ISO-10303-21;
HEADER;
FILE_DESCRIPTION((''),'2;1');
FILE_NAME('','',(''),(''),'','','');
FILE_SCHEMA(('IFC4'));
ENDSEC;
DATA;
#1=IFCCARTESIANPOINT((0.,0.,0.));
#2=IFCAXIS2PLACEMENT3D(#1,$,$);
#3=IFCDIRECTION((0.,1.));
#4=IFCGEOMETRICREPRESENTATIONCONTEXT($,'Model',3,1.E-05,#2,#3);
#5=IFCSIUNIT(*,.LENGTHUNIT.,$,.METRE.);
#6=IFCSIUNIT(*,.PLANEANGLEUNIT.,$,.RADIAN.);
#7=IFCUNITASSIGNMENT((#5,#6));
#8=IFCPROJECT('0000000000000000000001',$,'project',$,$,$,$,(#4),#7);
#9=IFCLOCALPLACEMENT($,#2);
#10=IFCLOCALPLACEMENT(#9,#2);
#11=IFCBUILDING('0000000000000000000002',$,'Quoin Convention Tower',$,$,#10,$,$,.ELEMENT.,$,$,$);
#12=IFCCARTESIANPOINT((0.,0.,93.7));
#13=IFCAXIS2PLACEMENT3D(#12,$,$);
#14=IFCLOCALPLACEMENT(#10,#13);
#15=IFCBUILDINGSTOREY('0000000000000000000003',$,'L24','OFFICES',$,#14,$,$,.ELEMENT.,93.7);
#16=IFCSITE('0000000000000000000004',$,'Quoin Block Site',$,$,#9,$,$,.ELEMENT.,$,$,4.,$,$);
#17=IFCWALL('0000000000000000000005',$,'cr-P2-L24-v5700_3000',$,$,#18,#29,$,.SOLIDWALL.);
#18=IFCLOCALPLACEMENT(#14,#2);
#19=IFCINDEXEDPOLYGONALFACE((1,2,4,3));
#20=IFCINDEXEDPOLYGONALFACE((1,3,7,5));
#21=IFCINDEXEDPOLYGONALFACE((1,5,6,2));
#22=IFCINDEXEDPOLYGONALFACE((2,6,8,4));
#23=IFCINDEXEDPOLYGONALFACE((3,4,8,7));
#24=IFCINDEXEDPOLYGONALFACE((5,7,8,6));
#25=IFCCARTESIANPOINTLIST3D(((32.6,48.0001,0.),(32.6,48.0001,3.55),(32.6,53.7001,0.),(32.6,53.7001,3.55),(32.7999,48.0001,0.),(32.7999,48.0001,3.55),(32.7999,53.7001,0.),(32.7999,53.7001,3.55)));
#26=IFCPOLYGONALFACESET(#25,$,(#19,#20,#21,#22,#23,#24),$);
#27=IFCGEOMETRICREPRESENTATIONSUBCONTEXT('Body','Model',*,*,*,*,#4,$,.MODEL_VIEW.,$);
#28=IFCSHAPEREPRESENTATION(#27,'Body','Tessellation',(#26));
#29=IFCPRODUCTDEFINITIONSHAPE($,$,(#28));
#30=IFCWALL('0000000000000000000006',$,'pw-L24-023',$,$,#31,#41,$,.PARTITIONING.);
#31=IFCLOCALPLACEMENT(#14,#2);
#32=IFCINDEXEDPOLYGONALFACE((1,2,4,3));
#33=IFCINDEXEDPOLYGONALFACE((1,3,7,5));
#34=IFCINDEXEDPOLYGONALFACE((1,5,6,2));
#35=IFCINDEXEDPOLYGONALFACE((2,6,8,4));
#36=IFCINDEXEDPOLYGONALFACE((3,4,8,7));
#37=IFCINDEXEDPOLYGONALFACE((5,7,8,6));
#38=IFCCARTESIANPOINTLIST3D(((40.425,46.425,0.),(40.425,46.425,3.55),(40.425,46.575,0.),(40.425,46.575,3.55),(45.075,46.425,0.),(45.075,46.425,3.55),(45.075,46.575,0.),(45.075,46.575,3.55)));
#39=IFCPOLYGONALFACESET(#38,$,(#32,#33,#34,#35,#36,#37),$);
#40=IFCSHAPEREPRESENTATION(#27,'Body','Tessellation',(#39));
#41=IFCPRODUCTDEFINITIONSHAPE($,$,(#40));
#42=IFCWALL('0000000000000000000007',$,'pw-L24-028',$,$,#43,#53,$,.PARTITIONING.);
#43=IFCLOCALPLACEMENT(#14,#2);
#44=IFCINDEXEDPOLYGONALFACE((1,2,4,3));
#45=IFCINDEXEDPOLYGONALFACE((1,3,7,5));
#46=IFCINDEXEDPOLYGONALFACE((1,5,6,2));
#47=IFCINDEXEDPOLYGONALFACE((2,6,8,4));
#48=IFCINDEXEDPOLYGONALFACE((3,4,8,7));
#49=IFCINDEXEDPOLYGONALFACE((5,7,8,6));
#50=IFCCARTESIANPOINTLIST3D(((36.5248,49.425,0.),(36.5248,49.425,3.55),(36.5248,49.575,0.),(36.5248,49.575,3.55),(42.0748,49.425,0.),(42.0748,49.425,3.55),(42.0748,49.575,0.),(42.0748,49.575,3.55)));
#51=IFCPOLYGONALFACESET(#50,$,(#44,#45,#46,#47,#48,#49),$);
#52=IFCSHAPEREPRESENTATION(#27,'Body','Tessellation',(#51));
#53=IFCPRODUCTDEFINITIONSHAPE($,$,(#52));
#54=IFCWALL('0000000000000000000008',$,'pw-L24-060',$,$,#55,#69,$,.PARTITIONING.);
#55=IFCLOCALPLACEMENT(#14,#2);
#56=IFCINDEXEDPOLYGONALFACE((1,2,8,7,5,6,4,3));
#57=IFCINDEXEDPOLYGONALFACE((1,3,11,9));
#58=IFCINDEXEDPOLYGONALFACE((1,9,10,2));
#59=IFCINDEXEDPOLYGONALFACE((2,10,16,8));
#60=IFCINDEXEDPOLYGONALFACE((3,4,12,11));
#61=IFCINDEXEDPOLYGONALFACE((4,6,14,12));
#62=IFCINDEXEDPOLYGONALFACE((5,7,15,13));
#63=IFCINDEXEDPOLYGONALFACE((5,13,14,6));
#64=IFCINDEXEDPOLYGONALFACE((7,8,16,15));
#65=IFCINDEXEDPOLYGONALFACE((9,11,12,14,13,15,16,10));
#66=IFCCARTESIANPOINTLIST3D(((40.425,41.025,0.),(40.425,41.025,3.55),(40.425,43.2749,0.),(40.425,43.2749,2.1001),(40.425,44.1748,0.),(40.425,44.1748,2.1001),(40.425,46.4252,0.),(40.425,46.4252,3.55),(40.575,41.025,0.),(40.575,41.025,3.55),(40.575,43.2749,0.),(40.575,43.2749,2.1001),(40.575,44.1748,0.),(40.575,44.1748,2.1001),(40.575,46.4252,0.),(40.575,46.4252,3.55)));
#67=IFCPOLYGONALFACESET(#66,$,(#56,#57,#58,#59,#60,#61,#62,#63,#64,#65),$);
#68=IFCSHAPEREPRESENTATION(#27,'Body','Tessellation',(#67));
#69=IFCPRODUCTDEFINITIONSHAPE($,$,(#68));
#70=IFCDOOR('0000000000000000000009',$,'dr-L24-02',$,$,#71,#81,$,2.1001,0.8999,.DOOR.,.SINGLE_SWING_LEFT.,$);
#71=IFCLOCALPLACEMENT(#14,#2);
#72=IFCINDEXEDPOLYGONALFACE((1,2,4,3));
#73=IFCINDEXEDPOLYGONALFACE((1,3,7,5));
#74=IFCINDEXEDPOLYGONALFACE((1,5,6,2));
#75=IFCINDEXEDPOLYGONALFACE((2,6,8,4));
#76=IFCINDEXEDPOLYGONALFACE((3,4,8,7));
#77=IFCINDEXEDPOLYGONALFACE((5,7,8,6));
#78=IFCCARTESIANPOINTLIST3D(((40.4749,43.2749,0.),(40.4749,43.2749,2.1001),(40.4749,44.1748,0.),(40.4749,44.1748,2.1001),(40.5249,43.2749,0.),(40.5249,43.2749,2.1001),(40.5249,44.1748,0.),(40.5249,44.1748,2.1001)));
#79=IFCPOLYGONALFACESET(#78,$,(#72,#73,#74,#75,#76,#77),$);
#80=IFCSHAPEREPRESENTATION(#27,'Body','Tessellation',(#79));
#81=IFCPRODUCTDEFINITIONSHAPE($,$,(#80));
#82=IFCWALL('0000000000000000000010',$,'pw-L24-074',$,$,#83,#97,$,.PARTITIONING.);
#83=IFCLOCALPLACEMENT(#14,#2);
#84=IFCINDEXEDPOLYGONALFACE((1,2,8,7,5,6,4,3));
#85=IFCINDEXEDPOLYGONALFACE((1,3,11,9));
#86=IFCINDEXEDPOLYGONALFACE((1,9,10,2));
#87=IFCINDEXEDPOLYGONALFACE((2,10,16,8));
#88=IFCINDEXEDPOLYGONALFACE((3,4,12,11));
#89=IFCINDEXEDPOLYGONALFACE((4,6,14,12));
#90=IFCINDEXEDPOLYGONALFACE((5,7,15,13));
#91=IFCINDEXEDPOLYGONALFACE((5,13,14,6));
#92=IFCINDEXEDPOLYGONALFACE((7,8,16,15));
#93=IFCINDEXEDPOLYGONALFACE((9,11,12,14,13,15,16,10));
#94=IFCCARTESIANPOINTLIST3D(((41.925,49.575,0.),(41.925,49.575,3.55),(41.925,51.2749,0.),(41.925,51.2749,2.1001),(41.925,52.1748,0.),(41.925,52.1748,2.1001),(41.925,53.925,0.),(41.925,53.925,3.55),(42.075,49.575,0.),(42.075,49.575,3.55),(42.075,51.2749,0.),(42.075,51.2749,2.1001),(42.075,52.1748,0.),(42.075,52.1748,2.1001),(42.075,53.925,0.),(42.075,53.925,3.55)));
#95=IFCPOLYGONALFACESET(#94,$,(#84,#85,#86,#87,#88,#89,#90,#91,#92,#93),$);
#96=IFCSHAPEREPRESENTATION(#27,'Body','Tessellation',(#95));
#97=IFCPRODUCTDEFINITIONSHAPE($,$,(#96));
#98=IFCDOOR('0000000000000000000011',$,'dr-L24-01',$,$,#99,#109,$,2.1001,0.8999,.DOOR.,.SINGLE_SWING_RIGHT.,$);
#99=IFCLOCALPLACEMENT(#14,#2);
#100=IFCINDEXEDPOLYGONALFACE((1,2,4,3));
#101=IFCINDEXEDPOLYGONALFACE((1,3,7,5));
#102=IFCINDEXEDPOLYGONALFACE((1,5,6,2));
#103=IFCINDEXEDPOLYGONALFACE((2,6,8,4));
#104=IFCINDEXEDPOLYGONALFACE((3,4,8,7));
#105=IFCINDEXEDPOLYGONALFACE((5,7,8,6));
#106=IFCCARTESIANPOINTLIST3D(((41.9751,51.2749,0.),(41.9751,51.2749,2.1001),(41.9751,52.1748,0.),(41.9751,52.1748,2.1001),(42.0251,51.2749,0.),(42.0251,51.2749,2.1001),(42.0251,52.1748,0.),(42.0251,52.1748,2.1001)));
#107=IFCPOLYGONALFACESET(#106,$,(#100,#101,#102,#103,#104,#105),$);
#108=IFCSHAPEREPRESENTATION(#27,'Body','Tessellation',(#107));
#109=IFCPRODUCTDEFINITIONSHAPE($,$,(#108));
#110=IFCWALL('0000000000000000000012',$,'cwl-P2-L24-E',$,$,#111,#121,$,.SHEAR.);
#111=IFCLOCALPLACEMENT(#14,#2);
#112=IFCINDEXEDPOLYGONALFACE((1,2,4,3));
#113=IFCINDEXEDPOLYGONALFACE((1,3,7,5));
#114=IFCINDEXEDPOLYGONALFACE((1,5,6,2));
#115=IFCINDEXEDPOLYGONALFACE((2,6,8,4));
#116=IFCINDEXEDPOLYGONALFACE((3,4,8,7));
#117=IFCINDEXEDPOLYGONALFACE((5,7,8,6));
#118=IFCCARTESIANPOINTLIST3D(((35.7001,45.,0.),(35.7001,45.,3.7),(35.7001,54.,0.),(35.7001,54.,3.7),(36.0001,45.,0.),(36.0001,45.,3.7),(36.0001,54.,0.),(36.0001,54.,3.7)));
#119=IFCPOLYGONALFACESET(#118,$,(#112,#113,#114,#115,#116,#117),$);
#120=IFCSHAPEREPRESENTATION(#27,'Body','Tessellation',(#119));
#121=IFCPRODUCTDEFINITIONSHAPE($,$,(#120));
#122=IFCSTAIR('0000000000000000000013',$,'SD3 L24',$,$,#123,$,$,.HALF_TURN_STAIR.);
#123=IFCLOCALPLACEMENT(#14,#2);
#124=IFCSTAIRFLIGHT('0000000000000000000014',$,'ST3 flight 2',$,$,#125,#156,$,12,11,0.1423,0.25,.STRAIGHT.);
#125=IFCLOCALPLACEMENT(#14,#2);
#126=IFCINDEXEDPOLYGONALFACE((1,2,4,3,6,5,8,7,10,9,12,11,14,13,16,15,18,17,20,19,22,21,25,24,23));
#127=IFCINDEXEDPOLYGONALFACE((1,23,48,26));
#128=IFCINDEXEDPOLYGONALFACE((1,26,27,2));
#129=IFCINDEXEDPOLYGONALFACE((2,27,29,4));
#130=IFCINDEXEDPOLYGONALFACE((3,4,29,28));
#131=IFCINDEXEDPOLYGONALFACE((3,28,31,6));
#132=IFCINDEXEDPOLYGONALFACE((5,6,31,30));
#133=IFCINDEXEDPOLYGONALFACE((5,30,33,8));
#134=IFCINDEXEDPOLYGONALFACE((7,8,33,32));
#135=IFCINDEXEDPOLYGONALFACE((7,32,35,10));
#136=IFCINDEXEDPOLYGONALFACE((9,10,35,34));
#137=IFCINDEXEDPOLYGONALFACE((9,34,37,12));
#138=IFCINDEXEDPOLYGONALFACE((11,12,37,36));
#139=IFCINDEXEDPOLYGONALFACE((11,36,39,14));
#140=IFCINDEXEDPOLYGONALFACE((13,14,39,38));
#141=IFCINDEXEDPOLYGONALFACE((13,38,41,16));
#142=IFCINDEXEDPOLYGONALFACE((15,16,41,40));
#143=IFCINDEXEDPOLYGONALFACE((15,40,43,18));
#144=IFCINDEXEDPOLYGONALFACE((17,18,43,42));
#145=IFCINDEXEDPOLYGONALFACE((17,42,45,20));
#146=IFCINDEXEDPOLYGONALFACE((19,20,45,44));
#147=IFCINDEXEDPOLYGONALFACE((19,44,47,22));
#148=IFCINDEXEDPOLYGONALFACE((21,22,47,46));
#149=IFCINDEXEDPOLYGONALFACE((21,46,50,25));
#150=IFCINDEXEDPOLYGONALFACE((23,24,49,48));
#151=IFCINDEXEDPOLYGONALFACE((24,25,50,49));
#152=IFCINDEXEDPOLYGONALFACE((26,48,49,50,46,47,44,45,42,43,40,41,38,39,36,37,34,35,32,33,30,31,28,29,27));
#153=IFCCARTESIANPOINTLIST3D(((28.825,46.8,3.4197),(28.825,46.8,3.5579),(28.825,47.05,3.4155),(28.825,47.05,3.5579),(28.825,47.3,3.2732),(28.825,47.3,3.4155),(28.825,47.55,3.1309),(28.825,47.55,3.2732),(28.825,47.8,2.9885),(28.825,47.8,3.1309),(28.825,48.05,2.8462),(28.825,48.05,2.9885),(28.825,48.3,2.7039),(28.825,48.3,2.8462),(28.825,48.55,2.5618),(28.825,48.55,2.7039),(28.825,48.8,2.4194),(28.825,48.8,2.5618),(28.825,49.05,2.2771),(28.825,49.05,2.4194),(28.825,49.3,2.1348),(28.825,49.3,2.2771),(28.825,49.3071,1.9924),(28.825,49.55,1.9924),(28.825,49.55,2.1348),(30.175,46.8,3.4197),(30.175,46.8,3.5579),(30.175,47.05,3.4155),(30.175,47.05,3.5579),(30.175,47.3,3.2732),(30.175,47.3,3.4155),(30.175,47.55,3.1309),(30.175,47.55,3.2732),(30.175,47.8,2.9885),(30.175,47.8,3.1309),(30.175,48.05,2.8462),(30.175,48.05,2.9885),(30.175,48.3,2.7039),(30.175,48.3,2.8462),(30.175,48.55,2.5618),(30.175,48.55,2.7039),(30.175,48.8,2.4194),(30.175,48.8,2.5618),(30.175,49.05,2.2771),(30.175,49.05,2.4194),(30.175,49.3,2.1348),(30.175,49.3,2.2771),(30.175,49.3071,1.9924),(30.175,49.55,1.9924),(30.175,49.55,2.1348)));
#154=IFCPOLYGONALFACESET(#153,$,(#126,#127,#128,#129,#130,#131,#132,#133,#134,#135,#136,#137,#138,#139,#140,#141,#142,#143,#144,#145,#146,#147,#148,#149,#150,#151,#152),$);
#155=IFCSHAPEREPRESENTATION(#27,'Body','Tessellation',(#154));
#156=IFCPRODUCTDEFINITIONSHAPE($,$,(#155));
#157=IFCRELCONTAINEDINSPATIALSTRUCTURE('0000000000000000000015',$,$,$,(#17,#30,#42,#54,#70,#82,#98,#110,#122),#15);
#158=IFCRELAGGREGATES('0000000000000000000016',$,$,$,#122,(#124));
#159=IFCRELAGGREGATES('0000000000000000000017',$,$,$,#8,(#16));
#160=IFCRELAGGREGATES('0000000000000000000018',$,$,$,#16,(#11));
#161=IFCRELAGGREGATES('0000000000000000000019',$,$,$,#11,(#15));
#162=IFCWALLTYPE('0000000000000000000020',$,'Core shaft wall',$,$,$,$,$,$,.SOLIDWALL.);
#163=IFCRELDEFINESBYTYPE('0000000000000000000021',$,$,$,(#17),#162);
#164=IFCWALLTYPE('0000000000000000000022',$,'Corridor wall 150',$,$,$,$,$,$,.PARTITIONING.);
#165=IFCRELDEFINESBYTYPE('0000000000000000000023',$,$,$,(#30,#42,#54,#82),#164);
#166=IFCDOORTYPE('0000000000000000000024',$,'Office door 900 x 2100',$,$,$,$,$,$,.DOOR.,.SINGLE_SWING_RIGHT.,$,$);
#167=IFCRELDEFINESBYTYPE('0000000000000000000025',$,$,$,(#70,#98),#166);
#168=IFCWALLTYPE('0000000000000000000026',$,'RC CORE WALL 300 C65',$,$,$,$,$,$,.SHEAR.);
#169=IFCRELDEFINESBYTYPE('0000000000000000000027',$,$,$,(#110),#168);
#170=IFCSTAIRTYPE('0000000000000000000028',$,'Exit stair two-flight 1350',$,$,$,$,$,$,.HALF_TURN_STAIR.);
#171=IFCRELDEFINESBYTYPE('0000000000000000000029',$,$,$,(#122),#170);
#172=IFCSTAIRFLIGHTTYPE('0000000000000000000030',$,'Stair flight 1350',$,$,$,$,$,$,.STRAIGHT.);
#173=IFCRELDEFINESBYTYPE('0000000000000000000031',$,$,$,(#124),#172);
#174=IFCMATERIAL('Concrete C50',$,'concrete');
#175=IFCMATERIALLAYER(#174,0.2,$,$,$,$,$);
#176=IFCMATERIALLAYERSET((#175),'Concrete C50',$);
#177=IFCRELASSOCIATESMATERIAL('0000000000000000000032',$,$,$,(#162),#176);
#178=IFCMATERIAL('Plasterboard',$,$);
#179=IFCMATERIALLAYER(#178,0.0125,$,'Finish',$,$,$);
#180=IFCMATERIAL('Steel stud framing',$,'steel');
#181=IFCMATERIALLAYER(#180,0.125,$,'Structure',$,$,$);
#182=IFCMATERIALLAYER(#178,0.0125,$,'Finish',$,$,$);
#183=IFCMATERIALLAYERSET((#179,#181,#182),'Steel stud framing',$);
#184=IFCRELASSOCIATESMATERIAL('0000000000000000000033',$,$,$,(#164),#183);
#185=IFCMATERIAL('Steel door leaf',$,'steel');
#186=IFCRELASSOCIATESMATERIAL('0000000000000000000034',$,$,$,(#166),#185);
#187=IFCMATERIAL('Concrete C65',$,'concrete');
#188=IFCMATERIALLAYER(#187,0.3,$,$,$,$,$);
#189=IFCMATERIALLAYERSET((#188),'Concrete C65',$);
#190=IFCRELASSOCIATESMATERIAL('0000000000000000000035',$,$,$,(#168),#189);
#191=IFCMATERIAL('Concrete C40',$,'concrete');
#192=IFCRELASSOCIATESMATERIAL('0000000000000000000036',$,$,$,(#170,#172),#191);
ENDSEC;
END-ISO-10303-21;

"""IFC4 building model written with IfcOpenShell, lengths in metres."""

from ifc_helpers import new_model, si_unit, direction, frame, frame_2d, origin, place, context, subcontext, project, spatial, polyline, rectangle, outline, extrude, material, layer, layer_set, type_object, element, fill, aggregate, save


model = new_model("IFC4")

# Units and contexts
model_context = context("Model", 3, precision=1e-05, world=origin(), true_north=direction((0.0, 1.0)))
body_context = subcontext(model_context, "Body", "Model", "MODEL_VIEW")
ifc_project = project(units=[si_unit("LENGTHUNIT", "METRE"), si_unit("PLANEANGLEUNIT", "RADIAN")], contexts=[model_context])

# Site, building, storey
site_placement = place(None, origin())
site = spatial("IfcSite", under=ifc_project, at=site_placement, Name="Quoin Block Site", CompositionType="ELEMENT", RefElevation=4.0)
building_placement = place(site_placement, origin())
building = spatial("IfcBuilding", under=site, at=building_placement, Name="Quoin Convention Tower", CompositionType="ELEMENT")
storey_placement = place(building_placement, frame((0.0, 0.0, 93.7)))
storey = spatial("IfcBuildingStorey", under=building, at=storey_placement, Name="L24", Description="OFFICES", CompositionType="ELEMENT", Elevation=93.7)

# Shared definitions
ifc_material_1 = material(Name="Concrete C65", Category="concrete")

# Walls
ifc_material_2 = material(Name="Concrete C50", Category="concrete")
ifc_layer_1 = layer(ifc_material_2, 0.2)
ifc_layer_set_1 = layer_set([ifc_layer_1], Name="Concrete C50")
wall_type_1 = type_object("IfcWallType", Name="Core shaft wall", PredefinedType="SOLIDWALL", material=ifc_layer_set_1)
for number, where, z_axis, x_axis, name in (
    (1, (32.7, 48.0, 0.0), (0.0, 0.0, 1.0), (0.0, 1.0, 0.0), "cr-P2-L24-v5700_3000"),
):
    element("IfcWall", number, at=place(storey_placement, frame(where, z_axis=z_axis, x_axis=x_axis)), inside=storey, type_object=wall_type_1, Name=name, PredefinedType="SOLIDWALL", context=body_context, shape_type="SweptSolid", body=[
        extrude(rectangle(XDim=5.7, YDim=0.2, at=frame_2d((2.8501, 0.0))), origin(), (0.0, 0.0, 1.0), 3.55),
    ])
ifc_material_3 = material(Name="Plasterboard")
ifc_layer_2 = layer(ifc_material_3, 0.0125, Name="Finish")
ifc_material_4 = material(Name="Steel stud framing", Category="steel")
ifc_layer_3 = layer(ifc_material_4, 0.125, Name="Structure")
ifc_layer_4 = layer(ifc_material_3, 0.0125, Name="Finish")
ifc_layer_set_2 = layer_set([ifc_layer_2, ifc_layer_3, ifc_layer_4], Name="Steel stud framing")
wall_type_2 = type_object("IfcWallType", Name="Corridor wall 150", PredefinedType="PARTITIONING", material=ifc_layer_set_2)
wall_1_placement = place(storey_placement, frame((40.425, 46.5, 0.0), z_axis=(0.0, 0.0, 1.0), x_axis=(1.0, 0.0, 0.0)))
element("IfcWall", 2, at=wall_1_placement, inside=storey, type_object=wall_type_2, Name="pw-L24-023", PredefinedType="PARTITIONING", context=body_context, shape_type="SweptSolid", body=[
    extrude(rectangle(XDim=4.6499, YDim=0.1499, at=frame_2d((2.325, 0.0))), origin(), (0.0, 0.0, 1.0), 3.55),
])
wall_2_placement = place(storey_placement, frame((36.5249, 49.5, 0.0), z_axis=(0.0, 0.0, 1.0), x_axis=(1.0, 0.0, 0.0)))
element("IfcWall", 3, at=wall_2_placement, inside=storey, type_object=wall_type_2, Name="pw-L24-028", PredefinedType="PARTITIONING", context=body_context, shape_type="SweptSolid", body=[
    extrude(rectangle(XDim=5.55, YDim=0.1499, at=frame_2d((2.7749, 0.0))), origin(), (0.0, 0.0, 1.0), 3.55),
])

# Walls, openings, doors
wall_3_placement = place(storey_placement, frame((40.5, 41.0249, 0.0), z_axis=(0.0, 0.0, 1.0), x_axis=(0.0, 1.0, 0.0)))
wall_3 = element("IfcWall", 4, at=wall_3_placement, inside=storey, type_object=wall_type_2, Name="pw-L24-060", PredefinedType="PARTITIONING", context=body_context, shape_type="SweptSolid", body=[
    extrude(rectangle(XDim=5.4001, YDim=0.1499, at=frame_2d((2.7002, 0.0))), origin(), (0.0, 0.0, 1.0), 3.55),
])
opening_1_placement = place(wall_3_placement, frame((2.25, 0.0, 0.0)))
opening_1 = element("IfcOpeningElement", 5, at=opening_1_placement, cuts=wall_3, PredefinedType="OPENING", context=body_context, shape_type="SweptSolid", body=[
    extrude(rectangle(XDim=0.8999, YDim=2.1001, at=frame_2d((0.45, 1.05))), frame((0.0, 0.085, 0.0), z_axis=(0.0, -1.0, 0.0), x_axis=(1.0, 0.0, 0.0)), (0.0, 0.0, 1.0), 0.1699),
])
ifc_material_5 = material(Name="Steel door leaf", Category="steel")
door_type = type_object("IfcDoorType", Name="Office door 900 x 2100", OperationType="SINGLE_SWING_RIGHT", PredefinedType="DOOR", material=ifc_material_5)
door_1_placement = place(opening_1_placement, frame((0.8999, 0.0, 0.0), z_axis=(0.0, 0.0, 1.0), x_axis=(-1.0, 0.0, 0.0)))
door_1 = element("IfcDoor", 6, at=door_1_placement, inside=storey, type_object=door_type, Name="dr-L24-02", OperationType="SINGLE_SWING_LEFT", OverallHeight=2.1001, OverallWidth=0.8999, PredefinedType="DOOR", context=body_context, shape_type="SweptSolid", body=[
    extrude(rectangle(XDim=0.8999, YDim=2.1001, at=frame_2d((0.45, 1.05))), frame((0.0, 0.0249, 0.0), z_axis=(0.0, -1.0, 0.0), x_axis=(1.0, 0.0, 0.0)), (0.0, 0.0, 1.0), 0.05),
])
fill(opening_1, door_1)
wall_4_placement = place(storey_placement, frame((42.0, 49.575, 0.0), z_axis=(0.0, 0.0, 1.0), x_axis=(0.0, 1.0, 0.0)))
wall_4 = element("IfcWall", 7, at=wall_4_placement, inside=storey, type_object=wall_type_2, Name="pw-L24-074", PredefinedType="PARTITIONING", context=body_context, shape_type="SweptSolid", body=[
    extrude(rectangle(XDim=4.3501, YDim=0.1499, at=frame_2d((2.175, 0.0))), origin(), (0.0, 0.0, 1.0), 3.55),
])
opening_2_placement = place(wall_4_placement, frame((1.7, 0.0, 0.0)))
opening_2 = element("IfcOpeningElement", 8, at=opening_2_placement, cuts=wall_4, PredefinedType="OPENING", context=body_context, shape_type="SweptSolid", body=[
    extrude(rectangle(XDim=0.8999, YDim=2.1001, at=frame_2d((0.45, 1.05))), frame((0.0, 0.085, 0.0), z_axis=(0.0, -1.0, 0.0), x_axis=(1.0, 0.0, 0.0)), (0.0, 0.0, 1.0), 0.1699),
])
door_2_placement = place(opening_2_placement, origin())
door_2 = element("IfcDoor", 9, at=door_2_placement, inside=storey, type_object=door_type, Name="dr-L24-01", OperationType="SINGLE_SWING_RIGHT", OverallHeight=2.1001, OverallWidth=0.8999, PredefinedType="DOOR", context=body_context, shape_type="SweptSolid", body=[
    extrude(rectangle(XDim=0.8999, YDim=2.1001, at=frame_2d((0.45, 1.05))), frame((0.0, 0.0249, 0.0), z_axis=(0.0, -1.0, 0.0), x_axis=(1.0, 0.0, 0.0)), (0.0, 0.0, 1.0), 0.05),
])
fill(opening_2, door_2)

# Wall
ifc_layer_5 = layer(ifc_material_1, 0.3)
ifc_layer_set_3 = layer_set([ifc_layer_5], Name="Concrete C65")
wall_type_3 = type_object("IfcWallType", Name="RC CORE WALL 300 C65", PredefinedType="SHEAR", material=ifc_layer_set_3)
wall_5_placement = place(storey_placement, frame((35.8501, 45.0, 0.0), z_axis=(0.0, 0.0, 1.0), x_axis=(0.0, 1.0, 0.0)))
element("IfcWall", 10, at=wall_5_placement, inside=storey, type_object=wall_type_3, Name="cwl-P2-L24-E", PredefinedType="SHEAR", context=body_context, shape_type="SweptSolid", body=[
    extrude(rectangle(XDim=9.0, YDim=0.3, at=frame_2d((4.5, 0.0))), origin(), (0.0, 0.0, 1.0), 3.7),
])

# Stair, stair flight
ifc_material_6 = material(Name="Concrete C40", Category="concrete")
stair_type = type_object("IfcStairType", Name="Exit stair two-flight 1350", PredefinedType="HALF_TURN_STAIR", material=ifc_material_6)
stair_1_placement = place(storey_placement, origin())
stair_1 = element("IfcStair", 11, at=stair_1_placement, inside=storey, type_object=stair_type, Name="SD3 L24", PredefinedType="HALF_TURN_STAIR")
stair_flight_type = type_object("IfcStairFlightType", Name="Stair flight 1350", PredefinedType="STRAIGHT", material=ifc_material_6)
stair_flight_1_placement = place(storey_placement, frame((29.5, 49.55, 1.9924), z_axis=(0.0, 0.0, 1.0), x_axis=(0.0, -1.0, 0.0)))
stair_flight_1 = element("IfcStairFlight", 12, at=stair_flight_1_placement, type_object=stair_flight_type, Name="ST3 flight 2", NumberOfRisers=12, NumberOfTreads=11, PredefinedType="STRAIGHT", RiserHeight=0.1423, TreadLength=0.25, context=body_context, shape_type="SweptSolid", body=[
    extrude(outline(polyline([(0.0, 0.0), (0.0, 0.1423), (0.25, 0.1423), (0.25, 0.2847), (0.5, 0.2847), (0.5, 0.427), (0.75, 0.427), (0.75, 0.5693), (1.0, 0.5693), (1.0, 0.7114), (1.25, 0.7114), (1.25, 0.8538), (1.5, 0.8538), (1.5, 0.9961), (1.75, 0.9961), (1.75, 1.1384), (2.0, 1.1384), (2.0, 1.2808), (2.25, 1.2808), (2.25, 1.4231), (2.5, 1.4231), (2.5, 1.5654), (2.75, 1.5654), (2.75, 1.7078), (2.75, 1.4272), (0.2429, 0.0), (0.0, 0.0)])), frame((0.0, 0.675, 0.0), z_axis=(0.0, -1.0, 0.0), x_axis=(1.0, 0.0, 0.0)), (0.0, 0.0, 1.0), 1.3501),
])
aggregate(stair_1, [stair_flight_1])

save(model, "model.ifc")
